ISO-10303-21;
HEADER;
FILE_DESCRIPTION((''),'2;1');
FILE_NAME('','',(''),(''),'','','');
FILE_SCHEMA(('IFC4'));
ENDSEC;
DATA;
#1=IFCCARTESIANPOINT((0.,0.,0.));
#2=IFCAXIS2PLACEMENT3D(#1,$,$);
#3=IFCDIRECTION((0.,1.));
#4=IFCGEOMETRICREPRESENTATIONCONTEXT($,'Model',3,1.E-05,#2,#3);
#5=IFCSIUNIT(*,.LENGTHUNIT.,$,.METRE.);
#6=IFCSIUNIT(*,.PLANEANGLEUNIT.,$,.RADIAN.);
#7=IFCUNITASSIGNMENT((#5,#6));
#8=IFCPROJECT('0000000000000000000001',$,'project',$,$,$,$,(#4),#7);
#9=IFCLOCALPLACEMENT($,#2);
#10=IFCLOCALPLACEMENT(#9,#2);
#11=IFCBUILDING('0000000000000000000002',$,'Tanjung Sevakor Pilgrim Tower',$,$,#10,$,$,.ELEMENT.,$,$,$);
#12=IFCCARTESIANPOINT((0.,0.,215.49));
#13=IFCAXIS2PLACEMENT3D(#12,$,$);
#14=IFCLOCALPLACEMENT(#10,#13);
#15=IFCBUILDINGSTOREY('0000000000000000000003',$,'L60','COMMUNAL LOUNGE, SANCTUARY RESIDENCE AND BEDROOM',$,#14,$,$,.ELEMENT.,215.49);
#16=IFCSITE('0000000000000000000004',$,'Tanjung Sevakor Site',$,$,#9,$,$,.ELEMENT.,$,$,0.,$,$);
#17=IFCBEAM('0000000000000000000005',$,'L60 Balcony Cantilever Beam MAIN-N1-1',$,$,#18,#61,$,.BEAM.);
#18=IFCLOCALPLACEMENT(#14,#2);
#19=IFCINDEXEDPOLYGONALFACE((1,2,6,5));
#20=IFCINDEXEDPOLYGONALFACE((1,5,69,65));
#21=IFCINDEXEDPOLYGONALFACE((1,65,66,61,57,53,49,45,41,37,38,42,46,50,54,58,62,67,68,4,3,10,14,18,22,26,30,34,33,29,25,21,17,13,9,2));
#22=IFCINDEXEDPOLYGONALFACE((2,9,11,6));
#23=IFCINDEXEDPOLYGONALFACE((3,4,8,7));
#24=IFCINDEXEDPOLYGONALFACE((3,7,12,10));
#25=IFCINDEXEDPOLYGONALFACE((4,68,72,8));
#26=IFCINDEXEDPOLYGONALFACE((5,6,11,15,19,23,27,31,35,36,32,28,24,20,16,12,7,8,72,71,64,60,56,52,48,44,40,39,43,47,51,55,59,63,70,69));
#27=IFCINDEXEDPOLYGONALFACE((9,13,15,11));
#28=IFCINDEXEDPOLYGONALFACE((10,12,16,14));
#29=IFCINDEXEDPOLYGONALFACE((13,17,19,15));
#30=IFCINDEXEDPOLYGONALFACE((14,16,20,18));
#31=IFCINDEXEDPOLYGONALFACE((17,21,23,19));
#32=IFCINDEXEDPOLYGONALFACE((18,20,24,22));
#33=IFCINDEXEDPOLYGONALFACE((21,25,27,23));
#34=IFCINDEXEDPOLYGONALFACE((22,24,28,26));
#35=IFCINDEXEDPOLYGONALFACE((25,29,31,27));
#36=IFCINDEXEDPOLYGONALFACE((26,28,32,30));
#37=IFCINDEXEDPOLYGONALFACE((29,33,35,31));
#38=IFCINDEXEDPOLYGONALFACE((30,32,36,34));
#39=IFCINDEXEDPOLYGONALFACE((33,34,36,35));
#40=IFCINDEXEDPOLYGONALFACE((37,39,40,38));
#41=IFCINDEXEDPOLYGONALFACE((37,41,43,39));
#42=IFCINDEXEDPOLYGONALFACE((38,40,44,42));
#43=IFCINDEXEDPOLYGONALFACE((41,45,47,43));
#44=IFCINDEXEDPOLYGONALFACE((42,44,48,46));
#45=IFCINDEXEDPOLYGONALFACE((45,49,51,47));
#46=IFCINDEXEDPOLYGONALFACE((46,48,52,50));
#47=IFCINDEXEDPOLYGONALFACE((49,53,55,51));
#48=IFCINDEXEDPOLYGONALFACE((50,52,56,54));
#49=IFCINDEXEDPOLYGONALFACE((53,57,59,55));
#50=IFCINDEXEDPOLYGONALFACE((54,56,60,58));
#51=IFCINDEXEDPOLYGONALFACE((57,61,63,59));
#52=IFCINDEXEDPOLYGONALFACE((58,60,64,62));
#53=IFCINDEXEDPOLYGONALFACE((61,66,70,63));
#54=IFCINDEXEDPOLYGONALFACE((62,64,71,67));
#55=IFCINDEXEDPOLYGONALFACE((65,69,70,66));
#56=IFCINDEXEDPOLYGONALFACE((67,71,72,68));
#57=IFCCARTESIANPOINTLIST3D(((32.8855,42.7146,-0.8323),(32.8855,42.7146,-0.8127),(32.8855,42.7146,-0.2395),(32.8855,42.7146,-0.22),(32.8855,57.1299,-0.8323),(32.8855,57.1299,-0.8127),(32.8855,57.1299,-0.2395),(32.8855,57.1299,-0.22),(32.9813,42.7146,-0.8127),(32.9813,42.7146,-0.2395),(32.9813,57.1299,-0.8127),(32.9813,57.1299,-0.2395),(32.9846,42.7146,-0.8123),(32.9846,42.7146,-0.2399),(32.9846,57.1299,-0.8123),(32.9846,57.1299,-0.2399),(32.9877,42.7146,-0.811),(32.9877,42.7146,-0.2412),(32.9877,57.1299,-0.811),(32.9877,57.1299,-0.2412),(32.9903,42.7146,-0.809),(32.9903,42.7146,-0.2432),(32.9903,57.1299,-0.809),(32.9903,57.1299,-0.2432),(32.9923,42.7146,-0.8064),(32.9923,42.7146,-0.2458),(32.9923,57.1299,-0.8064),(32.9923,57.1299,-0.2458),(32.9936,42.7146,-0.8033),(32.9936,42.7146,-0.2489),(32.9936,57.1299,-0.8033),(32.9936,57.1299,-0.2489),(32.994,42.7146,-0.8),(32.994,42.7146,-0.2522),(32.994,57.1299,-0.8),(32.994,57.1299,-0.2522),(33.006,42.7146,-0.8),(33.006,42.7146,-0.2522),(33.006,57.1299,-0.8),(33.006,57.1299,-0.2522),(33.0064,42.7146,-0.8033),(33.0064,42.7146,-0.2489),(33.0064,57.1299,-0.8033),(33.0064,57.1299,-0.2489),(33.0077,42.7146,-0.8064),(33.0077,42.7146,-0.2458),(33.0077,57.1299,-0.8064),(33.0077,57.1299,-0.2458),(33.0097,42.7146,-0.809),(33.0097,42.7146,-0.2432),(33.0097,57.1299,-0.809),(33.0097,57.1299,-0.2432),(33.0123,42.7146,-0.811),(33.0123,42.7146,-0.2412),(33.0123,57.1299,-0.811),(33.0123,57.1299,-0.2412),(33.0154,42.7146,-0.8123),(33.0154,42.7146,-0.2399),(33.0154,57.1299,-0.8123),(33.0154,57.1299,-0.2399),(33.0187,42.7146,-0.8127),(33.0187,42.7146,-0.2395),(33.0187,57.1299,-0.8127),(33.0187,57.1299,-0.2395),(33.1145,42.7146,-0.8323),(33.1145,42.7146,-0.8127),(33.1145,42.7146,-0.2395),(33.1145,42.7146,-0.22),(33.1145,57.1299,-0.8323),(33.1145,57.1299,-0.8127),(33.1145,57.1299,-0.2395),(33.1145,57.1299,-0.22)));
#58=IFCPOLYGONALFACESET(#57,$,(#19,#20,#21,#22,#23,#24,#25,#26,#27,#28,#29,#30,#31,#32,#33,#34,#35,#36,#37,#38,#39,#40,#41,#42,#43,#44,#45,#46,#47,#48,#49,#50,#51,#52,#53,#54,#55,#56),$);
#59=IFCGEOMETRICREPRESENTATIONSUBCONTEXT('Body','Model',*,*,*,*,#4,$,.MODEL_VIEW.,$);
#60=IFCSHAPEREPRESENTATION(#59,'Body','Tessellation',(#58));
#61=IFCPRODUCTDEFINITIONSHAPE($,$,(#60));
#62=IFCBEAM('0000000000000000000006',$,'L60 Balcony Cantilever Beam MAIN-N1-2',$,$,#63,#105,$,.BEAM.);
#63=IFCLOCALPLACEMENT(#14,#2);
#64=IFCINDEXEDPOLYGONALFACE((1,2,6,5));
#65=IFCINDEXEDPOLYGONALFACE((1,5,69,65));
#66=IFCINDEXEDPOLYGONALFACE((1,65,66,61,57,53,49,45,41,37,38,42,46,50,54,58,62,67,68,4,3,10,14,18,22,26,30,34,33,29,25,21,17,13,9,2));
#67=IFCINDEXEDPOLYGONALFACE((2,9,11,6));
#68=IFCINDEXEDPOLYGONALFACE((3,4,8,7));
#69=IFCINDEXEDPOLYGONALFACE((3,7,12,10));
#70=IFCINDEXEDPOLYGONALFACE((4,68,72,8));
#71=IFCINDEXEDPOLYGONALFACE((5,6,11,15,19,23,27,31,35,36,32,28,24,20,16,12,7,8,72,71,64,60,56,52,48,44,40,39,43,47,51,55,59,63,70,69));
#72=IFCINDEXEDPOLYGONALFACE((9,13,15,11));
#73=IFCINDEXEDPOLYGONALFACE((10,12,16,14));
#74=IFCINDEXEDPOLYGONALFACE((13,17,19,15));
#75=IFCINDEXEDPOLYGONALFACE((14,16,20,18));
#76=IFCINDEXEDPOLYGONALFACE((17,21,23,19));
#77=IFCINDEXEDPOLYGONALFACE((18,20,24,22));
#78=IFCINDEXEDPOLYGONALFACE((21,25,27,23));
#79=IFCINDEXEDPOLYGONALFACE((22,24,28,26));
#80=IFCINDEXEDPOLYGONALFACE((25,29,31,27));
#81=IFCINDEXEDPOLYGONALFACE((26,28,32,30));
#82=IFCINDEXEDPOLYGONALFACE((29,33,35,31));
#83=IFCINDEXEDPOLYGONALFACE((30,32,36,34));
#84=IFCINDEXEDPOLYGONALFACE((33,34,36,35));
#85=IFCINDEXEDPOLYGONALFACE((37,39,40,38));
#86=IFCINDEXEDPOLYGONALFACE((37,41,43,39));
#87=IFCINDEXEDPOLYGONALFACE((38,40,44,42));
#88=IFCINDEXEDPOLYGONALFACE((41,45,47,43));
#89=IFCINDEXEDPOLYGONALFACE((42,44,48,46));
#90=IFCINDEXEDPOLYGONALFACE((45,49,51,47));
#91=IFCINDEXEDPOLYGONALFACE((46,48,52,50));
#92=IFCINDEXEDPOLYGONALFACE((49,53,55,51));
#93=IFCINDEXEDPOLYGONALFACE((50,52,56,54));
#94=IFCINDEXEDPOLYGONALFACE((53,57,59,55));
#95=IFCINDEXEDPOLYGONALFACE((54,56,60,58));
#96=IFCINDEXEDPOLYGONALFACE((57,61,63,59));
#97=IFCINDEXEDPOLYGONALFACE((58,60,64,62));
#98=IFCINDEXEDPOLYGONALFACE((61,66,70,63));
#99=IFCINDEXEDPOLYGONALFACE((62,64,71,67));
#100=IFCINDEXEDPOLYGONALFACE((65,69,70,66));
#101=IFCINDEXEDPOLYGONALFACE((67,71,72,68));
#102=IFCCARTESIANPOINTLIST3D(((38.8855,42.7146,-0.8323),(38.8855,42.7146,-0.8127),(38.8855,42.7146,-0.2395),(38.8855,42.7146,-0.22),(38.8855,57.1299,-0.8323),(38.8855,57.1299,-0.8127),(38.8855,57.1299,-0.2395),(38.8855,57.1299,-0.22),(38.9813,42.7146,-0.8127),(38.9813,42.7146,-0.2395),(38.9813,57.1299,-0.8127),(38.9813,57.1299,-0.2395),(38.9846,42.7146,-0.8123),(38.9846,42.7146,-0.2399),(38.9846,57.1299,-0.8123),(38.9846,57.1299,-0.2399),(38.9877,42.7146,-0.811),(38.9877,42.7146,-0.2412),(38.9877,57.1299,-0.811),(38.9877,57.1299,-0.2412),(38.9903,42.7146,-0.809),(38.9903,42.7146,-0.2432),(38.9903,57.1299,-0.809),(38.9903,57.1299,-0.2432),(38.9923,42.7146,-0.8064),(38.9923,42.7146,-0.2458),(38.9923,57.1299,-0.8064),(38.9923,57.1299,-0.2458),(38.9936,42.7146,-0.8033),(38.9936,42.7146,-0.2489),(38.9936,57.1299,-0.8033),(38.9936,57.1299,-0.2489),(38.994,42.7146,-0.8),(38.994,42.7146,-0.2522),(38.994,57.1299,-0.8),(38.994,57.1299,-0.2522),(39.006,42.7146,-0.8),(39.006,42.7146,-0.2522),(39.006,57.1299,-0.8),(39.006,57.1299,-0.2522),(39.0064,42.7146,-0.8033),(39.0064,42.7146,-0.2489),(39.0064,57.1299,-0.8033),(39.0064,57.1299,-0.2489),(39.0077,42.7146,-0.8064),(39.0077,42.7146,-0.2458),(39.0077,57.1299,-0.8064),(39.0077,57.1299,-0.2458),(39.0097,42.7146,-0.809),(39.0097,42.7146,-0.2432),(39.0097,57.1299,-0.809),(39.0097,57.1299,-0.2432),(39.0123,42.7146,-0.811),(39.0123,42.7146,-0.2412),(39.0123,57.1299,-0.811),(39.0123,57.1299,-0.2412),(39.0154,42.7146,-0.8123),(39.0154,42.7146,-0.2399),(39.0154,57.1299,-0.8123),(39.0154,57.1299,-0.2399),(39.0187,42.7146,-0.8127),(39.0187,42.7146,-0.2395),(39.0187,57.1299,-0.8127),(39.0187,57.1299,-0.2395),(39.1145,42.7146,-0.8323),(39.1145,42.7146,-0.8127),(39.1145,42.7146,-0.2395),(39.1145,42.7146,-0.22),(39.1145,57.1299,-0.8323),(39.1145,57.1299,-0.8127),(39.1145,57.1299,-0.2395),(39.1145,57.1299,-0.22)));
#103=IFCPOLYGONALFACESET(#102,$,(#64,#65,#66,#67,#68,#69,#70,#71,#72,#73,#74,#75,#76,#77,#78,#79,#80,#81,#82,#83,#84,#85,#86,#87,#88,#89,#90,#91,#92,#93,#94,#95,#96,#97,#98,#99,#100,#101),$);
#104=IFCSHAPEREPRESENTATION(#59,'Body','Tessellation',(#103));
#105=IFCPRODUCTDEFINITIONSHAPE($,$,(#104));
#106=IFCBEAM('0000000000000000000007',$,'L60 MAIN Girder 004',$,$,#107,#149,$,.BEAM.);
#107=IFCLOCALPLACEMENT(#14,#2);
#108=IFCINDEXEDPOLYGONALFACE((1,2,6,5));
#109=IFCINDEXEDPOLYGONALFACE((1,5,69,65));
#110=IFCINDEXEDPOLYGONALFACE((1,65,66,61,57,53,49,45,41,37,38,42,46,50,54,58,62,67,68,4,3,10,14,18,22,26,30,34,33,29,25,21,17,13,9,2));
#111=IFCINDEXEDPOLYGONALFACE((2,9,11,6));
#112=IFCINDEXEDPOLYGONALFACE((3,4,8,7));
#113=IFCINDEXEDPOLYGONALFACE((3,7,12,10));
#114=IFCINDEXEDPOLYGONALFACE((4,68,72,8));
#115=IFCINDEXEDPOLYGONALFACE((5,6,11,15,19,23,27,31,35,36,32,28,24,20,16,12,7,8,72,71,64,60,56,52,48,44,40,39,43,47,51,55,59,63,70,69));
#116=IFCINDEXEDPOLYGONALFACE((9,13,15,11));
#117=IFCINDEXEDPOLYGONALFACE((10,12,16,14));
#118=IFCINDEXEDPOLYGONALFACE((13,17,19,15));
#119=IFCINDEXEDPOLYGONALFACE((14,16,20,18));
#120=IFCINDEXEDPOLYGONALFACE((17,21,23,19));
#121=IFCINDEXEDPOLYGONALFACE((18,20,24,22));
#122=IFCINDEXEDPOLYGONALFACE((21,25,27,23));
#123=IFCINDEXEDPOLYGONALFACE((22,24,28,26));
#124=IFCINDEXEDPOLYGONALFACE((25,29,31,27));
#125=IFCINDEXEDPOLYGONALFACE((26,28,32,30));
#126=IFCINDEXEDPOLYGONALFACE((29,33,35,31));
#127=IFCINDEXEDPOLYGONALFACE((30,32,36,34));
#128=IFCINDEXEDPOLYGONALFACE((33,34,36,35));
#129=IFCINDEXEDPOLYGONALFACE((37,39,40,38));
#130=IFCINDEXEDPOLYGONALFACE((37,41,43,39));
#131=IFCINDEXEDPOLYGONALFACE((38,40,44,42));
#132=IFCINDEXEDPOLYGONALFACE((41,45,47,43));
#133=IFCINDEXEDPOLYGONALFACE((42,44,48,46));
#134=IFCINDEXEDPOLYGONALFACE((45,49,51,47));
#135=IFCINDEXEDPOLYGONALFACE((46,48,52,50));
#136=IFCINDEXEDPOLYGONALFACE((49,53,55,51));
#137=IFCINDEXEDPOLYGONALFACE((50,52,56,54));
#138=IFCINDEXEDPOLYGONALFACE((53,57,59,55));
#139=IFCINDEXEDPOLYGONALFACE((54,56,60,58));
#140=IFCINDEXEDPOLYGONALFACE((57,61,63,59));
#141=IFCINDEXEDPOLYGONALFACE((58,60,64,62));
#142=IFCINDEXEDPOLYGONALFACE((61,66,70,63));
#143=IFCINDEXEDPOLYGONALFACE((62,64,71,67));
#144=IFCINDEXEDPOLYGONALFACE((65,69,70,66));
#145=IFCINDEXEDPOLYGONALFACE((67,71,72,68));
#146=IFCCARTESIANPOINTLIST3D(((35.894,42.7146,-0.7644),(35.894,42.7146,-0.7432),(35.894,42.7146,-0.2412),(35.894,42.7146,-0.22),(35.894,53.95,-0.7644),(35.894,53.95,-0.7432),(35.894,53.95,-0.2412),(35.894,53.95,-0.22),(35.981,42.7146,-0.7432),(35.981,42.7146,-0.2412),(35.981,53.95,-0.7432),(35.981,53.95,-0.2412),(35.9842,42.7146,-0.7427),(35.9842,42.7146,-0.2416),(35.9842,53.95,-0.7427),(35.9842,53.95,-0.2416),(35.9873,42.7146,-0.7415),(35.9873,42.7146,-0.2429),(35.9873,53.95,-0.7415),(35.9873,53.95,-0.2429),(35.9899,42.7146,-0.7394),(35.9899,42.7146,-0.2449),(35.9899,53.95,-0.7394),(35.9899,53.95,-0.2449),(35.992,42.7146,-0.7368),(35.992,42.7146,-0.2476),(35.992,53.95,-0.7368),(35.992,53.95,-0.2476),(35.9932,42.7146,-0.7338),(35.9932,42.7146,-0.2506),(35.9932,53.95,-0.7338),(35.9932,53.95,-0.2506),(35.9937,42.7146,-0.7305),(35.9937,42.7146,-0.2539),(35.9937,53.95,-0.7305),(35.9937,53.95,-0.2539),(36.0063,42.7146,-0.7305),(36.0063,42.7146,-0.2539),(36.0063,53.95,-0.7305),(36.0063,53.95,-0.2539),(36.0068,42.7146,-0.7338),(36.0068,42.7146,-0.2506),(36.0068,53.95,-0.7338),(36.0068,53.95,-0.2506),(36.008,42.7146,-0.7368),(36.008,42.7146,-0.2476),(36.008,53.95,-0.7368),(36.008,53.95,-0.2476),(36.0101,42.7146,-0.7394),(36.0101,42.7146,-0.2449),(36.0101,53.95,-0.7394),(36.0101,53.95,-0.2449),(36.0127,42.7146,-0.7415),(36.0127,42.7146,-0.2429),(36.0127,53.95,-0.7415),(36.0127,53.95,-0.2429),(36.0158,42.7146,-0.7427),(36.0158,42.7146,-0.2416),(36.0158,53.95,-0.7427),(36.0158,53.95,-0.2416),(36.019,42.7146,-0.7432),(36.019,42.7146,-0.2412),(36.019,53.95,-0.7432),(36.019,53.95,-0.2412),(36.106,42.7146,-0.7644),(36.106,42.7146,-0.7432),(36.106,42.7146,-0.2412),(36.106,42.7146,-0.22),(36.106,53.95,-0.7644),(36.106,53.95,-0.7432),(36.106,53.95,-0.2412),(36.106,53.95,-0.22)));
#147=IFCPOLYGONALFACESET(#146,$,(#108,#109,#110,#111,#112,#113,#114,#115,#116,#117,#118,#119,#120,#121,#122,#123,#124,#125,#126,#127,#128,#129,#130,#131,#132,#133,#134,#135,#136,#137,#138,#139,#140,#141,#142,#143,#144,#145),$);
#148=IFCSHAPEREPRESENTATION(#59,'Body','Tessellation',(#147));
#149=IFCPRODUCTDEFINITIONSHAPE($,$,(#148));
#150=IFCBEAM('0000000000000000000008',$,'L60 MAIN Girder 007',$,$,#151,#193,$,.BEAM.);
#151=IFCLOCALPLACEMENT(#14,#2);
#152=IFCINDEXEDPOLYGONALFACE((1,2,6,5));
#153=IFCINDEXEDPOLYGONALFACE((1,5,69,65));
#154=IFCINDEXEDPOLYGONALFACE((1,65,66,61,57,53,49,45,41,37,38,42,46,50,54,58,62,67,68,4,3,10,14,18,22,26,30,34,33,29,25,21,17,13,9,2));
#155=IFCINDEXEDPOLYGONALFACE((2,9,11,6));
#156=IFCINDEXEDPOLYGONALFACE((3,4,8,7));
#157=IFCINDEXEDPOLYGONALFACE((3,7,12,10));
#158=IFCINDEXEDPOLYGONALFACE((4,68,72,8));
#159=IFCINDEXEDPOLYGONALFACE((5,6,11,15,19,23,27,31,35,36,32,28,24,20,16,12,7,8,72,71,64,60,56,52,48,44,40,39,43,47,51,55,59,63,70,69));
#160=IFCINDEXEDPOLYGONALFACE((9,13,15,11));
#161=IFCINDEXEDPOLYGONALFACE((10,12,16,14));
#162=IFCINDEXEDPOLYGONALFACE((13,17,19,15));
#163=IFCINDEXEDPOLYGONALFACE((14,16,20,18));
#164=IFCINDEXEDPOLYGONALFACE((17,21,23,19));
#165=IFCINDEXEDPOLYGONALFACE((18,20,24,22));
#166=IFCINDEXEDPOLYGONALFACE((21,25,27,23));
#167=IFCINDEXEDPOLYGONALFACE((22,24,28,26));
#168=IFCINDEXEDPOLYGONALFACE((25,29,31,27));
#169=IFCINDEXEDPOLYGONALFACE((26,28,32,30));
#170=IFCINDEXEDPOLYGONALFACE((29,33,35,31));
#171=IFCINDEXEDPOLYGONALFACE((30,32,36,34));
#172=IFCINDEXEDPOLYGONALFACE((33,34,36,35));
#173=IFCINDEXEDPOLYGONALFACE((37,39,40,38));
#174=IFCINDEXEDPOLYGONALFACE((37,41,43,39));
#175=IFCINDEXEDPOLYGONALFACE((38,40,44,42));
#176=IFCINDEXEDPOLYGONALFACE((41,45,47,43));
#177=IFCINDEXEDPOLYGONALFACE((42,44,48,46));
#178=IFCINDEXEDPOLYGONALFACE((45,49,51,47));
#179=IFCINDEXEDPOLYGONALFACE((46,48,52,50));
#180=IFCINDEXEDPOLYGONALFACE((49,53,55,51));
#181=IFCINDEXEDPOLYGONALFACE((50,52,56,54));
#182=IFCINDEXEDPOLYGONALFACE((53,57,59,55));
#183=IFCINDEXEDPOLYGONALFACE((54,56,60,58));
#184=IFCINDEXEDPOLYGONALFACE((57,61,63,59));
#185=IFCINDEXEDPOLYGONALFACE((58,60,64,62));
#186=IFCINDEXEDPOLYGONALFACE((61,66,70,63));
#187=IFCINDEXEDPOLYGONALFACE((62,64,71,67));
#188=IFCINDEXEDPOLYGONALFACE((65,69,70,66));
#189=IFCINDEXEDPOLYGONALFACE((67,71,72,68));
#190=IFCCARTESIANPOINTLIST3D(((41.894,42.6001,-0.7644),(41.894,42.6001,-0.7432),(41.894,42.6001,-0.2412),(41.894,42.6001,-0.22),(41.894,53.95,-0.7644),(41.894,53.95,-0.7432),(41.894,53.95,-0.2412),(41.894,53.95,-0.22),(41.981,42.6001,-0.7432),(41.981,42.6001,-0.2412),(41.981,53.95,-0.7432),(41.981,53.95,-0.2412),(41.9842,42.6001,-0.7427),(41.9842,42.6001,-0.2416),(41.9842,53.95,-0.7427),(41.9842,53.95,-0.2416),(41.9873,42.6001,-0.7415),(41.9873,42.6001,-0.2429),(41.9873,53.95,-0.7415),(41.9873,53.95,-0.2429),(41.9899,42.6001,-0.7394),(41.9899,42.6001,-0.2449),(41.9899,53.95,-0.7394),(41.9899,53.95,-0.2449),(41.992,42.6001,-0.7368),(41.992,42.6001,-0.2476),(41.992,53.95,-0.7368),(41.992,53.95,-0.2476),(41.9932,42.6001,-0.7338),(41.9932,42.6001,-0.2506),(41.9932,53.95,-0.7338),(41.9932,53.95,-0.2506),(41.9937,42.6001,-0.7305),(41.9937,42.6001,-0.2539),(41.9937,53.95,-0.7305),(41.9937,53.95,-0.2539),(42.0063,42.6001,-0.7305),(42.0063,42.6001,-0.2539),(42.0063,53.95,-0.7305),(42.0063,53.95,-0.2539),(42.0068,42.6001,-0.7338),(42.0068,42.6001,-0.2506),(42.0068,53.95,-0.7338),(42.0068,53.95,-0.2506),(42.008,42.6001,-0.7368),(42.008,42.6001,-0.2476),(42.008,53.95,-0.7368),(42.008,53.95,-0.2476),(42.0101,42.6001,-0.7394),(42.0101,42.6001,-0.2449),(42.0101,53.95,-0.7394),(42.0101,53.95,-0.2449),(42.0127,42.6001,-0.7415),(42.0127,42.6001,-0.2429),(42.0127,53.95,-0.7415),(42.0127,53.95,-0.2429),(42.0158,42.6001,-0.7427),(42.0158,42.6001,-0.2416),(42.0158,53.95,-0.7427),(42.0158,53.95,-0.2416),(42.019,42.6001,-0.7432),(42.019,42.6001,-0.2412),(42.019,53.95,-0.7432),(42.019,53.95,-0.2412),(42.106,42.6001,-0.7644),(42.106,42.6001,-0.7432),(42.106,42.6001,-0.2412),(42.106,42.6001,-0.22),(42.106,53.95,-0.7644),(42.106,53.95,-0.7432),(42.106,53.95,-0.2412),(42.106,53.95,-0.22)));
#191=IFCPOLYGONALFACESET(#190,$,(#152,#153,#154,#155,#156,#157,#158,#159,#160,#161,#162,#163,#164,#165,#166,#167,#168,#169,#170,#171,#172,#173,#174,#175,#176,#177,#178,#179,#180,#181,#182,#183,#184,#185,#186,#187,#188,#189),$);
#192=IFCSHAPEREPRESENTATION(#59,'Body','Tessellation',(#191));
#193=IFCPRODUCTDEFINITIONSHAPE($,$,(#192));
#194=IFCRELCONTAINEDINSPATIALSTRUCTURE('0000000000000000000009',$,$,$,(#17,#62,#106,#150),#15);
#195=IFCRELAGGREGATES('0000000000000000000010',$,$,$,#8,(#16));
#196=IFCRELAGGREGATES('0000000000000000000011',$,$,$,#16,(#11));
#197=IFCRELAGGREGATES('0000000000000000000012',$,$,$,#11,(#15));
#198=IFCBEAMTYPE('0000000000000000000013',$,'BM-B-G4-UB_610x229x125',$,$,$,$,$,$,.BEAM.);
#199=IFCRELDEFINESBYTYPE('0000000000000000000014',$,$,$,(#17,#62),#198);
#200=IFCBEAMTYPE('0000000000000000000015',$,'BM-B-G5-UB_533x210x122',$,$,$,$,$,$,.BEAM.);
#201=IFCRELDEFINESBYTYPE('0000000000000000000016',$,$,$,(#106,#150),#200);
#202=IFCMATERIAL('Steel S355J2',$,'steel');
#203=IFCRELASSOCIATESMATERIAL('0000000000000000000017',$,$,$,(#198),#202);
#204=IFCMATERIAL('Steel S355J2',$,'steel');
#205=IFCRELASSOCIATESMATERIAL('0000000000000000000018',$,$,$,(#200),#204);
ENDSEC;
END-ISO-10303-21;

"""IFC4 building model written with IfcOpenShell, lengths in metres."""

from ifc_helpers import new_model, si_unit, direction, frame, origin, origin_2d, place, context, subcontext, project, spatial, i_section, extrude, material, material_profile, profile_set, type_object, element, save


model = new_model("IFC4")

# Units and contexts
model_context = context("Model", 3, precision=1e-05, world=origin(), true_north=direction((0.0, 1.0)))
body_context = subcontext(model_context, "Body", "Model", "MODEL_VIEW")
ifc_project = project(units=[si_unit("LENGTHUNIT", "METRE"), si_unit("PLANEANGLEUNIT", "RADIAN")], contexts=[model_context])

# Site, building, storey
site_placement = place(None, origin())
site = spatial("IfcSite", under=ifc_project, at=site_placement, Name="Tanjung Sevakor Site", CompositionType="ELEMENT", RefElevation=0.0)
building_placement = place(site_placement, origin())
building = spatial("IfcBuilding", under=site, at=building_placement, Name="Tanjung Sevakor Pilgrim Tower", CompositionType="ELEMENT")
storey_placement = place(building_placement, frame((0.0, 0.0, 215.49)))
storey = spatial("IfcBuildingStorey", under=building, at=storey_placement, Name="L60", Description="COMMUNAL LOUNGE, SANCTUARY RESIDENCE AND BEDROOM", CompositionType="ELEMENT", Elevation=215.49)

# Beams
ifc_material_1 = material(Name="Steel S355J2", Category="steel")
ifc_material_profile_1 = material_profile(ifc_material_1, i_section(OverallWidth=0.229, OverallDepth=0.6123, WebThickness=0.012, FlangeThickness=0.0195, FilletRadius=0.0127, at=origin_2d()))
ifc_profile_set_1 = profile_set([ifc_material_profile_1], Name="Steel S355J2")
beam_type_1 = type_object("IfcBeamType", Name="BM-B-G4-UB_610x229x125", PredefinedType="BEAM", material=ifc_profile_set_1)
for number, where, z_axis, x_axis, name in (
    (1, (33.0, 42.7146, -0.5261), (0.0, 1.0, 0.0), (-1.0, 0.0, 0.0), "L60 Balcony Cantilever Beam MAIN-N1-1"),
    (2, (39.0, 42.7146, -0.5261), (0.0, 1.0, 0.0), (-1.0, 0.0, 0.0), "L60 Balcony Cantilever Beam MAIN-N1-2"),
):
    element("IfcBeam", number, at=place(storey_placement, frame(where, z_axis=z_axis, x_axis=x_axis)), inside=storey, type_object=beam_type_1, Name=name, PredefinedType="BEAM", context=body_context, shape_type="SweptSolid", body=[
        extrude(i_section(OverallWidth=0.229, OverallDepth=0.6123, WebThickness=0.012, FlangeThickness=0.0195, FilletRadius=0.0127, at=origin_2d()), origin(), (0.0, 0.0, 1.0), 14.4153),
    ])
ifc_material_2 = material(Name="Steel S355J2", Category="steel")
ifc_material_profile_2 = material_profile(ifc_material_2, i_section(OverallWidth=0.2119, OverallDepth=0.5444, WebThickness=0.0127, FlangeThickness=0.0212, FilletRadius=0.0127, at=origin_2d()))
ifc_profile_set_2 = profile_set([ifc_material_profile_2], Name="Steel S355J2")
beam_type_2 = type_object("IfcBeamType", Name="BM-B-G5-UB_533x210x122", PredefinedType="BEAM", material=ifc_profile_set_2)
beam_1_placement = place(storey_placement, frame((36.0, 42.7146, -0.4922), z_axis=(0.0, 1.0, 0.0), x_axis=(-1.0, 0.0, 0.0)))
element("IfcBeam", 3, at=beam_1_placement, inside=storey, type_object=beam_type_2, Name="L60 MAIN Girder 004", PredefinedType="BEAM", context=body_context, shape_type="SweptSolid", body=[
    extrude(i_section(OverallWidth=0.2119, OverallDepth=0.5444, WebThickness=0.0127, FlangeThickness=0.0212, FilletRadius=0.0127, at=origin_2d()), origin(), (0.0, 0.0, 1.0), 11.2354),
])
beam_2_placement = place(storey_placement, frame((42.0, 42.6001, -0.4922), z_axis=(0.0, 1.0, 0.0), x_axis=(-1.0, 0.0, 0.0)))
element("IfcBeam", 4, at=beam_2_placement, inside=storey, type_object=beam_type_2, Name="L60 MAIN Girder 007", PredefinedType="BEAM", context=body_context, shape_type="SweptSolid", body=[
    extrude(i_section(OverallWidth=0.2119, OverallDepth=0.5444, WebThickness=0.0127, FlangeThickness=0.0212, FilletRadius=0.0127, at=origin_2d()), origin(), (0.0, 0.0, 1.0), 11.3499),
])

save(model, "model.ifc")
